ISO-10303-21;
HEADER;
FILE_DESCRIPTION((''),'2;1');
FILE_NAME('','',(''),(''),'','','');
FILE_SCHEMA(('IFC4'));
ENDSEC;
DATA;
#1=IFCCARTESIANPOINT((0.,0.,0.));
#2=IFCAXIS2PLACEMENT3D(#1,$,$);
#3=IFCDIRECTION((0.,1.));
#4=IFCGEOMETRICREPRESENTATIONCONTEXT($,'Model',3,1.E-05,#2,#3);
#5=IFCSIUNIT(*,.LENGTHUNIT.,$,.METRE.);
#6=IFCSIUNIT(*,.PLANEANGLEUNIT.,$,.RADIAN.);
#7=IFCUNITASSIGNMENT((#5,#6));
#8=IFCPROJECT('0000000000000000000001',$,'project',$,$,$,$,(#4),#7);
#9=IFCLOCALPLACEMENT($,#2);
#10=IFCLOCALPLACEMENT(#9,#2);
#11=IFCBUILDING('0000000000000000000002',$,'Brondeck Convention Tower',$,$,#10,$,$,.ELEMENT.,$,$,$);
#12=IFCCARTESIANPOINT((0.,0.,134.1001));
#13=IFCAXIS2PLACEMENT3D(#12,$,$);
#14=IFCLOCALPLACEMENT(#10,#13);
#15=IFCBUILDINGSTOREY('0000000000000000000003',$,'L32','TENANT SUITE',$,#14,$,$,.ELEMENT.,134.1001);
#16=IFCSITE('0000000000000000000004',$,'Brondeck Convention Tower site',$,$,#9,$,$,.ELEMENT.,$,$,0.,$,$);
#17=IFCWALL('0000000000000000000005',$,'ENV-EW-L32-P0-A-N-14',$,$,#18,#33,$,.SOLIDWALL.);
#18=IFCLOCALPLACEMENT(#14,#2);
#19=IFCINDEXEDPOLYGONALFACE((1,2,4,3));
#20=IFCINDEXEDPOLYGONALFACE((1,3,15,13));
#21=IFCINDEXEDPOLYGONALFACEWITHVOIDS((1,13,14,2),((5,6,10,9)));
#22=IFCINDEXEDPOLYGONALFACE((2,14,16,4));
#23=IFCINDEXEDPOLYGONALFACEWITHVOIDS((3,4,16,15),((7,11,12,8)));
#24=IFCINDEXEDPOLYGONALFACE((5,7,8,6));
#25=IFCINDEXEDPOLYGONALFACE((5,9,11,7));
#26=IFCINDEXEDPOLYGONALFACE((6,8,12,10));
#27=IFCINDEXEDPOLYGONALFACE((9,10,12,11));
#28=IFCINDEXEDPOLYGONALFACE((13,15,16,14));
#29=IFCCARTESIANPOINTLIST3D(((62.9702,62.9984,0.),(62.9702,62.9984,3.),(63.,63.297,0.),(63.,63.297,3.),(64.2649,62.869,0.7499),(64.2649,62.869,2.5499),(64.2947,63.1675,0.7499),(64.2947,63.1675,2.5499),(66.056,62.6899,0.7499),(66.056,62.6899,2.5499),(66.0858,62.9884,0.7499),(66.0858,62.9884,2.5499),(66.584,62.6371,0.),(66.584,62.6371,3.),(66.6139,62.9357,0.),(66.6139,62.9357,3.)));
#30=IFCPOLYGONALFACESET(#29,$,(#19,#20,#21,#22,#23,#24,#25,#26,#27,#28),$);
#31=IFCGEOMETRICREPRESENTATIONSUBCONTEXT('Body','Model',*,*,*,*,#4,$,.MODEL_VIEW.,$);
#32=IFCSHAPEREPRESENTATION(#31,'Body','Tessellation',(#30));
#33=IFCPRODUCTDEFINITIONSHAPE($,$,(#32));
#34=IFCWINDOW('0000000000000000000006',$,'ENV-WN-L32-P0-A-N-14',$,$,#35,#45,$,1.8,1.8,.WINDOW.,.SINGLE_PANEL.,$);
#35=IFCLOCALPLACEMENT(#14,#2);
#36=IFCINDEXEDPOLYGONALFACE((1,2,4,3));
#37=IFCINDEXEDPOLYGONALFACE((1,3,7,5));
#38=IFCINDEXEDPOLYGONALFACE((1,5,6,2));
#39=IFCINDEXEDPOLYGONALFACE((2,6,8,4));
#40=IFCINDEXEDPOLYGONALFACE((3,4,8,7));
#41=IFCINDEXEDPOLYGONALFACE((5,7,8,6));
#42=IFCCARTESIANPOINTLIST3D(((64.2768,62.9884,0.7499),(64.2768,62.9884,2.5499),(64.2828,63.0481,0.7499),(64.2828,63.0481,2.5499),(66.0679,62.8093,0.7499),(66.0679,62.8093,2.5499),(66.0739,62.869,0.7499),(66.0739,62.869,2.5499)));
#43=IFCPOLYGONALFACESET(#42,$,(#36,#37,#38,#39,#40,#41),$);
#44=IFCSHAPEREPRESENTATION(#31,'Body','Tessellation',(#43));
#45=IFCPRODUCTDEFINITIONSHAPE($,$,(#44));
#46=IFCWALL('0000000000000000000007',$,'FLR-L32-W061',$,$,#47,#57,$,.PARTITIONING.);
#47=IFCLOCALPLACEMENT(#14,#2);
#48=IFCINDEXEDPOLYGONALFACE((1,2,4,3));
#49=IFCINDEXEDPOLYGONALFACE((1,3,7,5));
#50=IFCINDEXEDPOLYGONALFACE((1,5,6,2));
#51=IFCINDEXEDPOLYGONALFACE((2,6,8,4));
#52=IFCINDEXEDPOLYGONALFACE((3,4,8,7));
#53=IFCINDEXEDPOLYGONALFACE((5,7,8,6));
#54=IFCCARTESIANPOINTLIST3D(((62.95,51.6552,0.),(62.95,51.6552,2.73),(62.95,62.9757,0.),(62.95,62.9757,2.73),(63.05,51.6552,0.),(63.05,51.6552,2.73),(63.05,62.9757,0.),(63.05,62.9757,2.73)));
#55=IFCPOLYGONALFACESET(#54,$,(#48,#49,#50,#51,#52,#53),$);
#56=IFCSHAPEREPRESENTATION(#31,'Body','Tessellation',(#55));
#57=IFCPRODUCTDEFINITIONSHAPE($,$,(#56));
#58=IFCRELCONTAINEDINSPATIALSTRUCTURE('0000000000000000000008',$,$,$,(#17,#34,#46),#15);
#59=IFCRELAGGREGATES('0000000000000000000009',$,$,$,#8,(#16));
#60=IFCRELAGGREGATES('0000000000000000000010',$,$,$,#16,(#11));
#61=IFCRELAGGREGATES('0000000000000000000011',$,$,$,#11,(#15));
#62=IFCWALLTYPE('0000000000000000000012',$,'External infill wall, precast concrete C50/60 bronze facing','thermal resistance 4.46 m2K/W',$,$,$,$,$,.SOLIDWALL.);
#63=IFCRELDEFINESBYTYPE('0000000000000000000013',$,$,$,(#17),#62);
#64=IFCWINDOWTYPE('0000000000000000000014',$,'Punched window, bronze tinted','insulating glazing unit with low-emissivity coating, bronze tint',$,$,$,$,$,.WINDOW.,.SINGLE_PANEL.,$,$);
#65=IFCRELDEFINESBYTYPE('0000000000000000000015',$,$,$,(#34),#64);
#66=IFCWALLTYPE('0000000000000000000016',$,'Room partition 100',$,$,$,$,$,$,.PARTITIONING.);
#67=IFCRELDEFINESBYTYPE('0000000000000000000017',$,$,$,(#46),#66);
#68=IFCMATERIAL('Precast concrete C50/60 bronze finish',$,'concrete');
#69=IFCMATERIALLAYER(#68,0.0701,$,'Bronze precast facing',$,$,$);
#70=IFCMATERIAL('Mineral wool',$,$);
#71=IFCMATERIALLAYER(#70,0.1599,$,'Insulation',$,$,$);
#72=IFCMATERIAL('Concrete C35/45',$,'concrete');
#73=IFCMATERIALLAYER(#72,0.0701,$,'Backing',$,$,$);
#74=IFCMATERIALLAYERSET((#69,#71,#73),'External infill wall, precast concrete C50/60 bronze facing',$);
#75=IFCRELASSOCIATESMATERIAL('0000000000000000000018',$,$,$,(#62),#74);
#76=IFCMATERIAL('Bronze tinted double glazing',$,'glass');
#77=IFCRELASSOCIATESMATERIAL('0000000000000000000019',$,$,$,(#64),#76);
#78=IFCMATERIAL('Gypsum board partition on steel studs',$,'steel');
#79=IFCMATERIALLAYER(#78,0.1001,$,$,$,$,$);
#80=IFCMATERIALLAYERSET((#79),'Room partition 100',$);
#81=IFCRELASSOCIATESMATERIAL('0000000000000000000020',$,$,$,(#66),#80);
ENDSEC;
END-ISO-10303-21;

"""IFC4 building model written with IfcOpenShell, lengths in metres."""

from ifc_helpers import new_model, si_unit, direction, frame, frame_2d, origin, place, context, subcontext, project, spatial, rectangle, extrude, material, layer, layer_set, type_object, element, fill, save


model = new_model("IFC4")

# Units and contexts
model_context = context("Model", 3, precision=1e-05, world=origin(), true_north=direction((0.0, 1.0)))
body_context = subcontext(model_context, "Body", "Model", "MODEL_VIEW")
ifc_project = project(units=[si_unit("LENGTHUNIT", "METRE"), si_unit("PLANEANGLEUNIT", "RADIAN")], contexts=[model_context])

# Site, building, storey
site_placement = place(None, origin())
site = spatial("IfcSite", under=ifc_project, at=site_placement, Name="Brondeck Convention Tower site", CompositionType="ELEMENT", RefElevation=0.0)
building_placement = place(site_placement, origin())
building = spatial("IfcBuilding", under=site, at=building_placement, Name="Brondeck Convention Tower", CompositionType="ELEMENT")
storey_placement = place(building_placement, frame((0.0, 0.0, 134.1001)))
storey = spatial("IfcBuildingStorey", under=building, at=storey_placement, Name="L32", Description="TENANT SUITE", CompositionType="ELEMENT", Elevation=134.1001)

# Shared definitions
ifc_material_1 = material(Name="Precast concrete C50/60 bronze finish", Category="concrete")
ifc_layer_1 = layer(ifc_material_1, 0.0701, Name="Bronze precast facing")
ifc_material_2 = material(Name="Mineral wool")
ifc_layer_2 = layer(ifc_material_2, 0.1599, Name="Insulation")
ifc_material_3 = material(Name="Concrete C35/45", Category="concrete")
ifc_layer_3 = layer(ifc_material_3, 0.0701, Name="Backing")
ifc_layer_set_1 = layer_set([ifc_layer_1, ifc_layer_2, ifc_layer_3], Name="External infill wall, precast concrete C50/60 bronze facing")
wall_type_1 = type_object("IfcWallType", Name="External infill wall, precast concrete C50/60 bronze facing", Description="thermal resistance 4.46 m2K/W", PredefinedType="SOLIDWALL", material=ifc_layer_set_1)
ifc_material_4 = material(Name="Bronze tinted double glazing", Category="glass")
window_type_1 = type_object("IfcWindowType", Name="Punched window, bronze tinted", Description="insulating glazing unit with low-emissivity coating, bronze tint", PartitioningType="SINGLE_PANEL", PredefinedType="WINDOW", material=ifc_material_4)

# Wall, opening, window
wall_1_placement = place(storey_placement, frame((62.9851, 63.1477, 0.0), z_axis=(0.0, 0.0, 1.0), x_axis=(0.995039, -0.09949, 0.0)))
wall_1 = element("IfcWall", 1, at=wall_1_placement, inside=storey, type_object=wall_type_1, Name="ENV-EW-L32-P0-A-N-14", PredefinedType="SOLIDWALL", context=body_context, shape_type="SweptSolid", body=[
    extrude(rectangle(XDim=3.6318, YDim=0.3, at=frame_2d((1.8159, 0.0))), origin(), (0.0, 0.0, 1.0), 3.0),
])
opening_1_placement = place(wall_1_placement, frame((1.3013, 0.0, 0.75)))
opening_1 = element("IfcOpeningElement", 2, at=opening_1_placement, cuts=wall_1, PredefinedType="OPENING", context=body_context, shape_type="SweptSolid", body=[
    extrude(rectangle(XDim=1.8, YDim=1.8, at=frame_2d((0.8999, 0.8999))), frame((0.0, 0.1599, 0.0), z_axis=(0.0, -1.0, 0.0), x_axis=(1.0, 0.0, 0.0)), (0.0, 0.0, 1.0), 0.3201),
])
window_1_placement = place(opening_1_placement, origin())
window_1 = element("IfcWindow", 3, at=window_1_placement, inside=storey, type_object=window_type_1, Name="ENV-WN-L32-P0-A-N-14", OverallHeight=1.8, OverallWidth=1.8, PartitioningType="SINGLE_PANEL", PredefinedType="WINDOW", context=body_context, shape_type="SweptSolid", body=[
    extrude(rectangle(XDim=1.8, YDim=1.8, at=frame_2d((0.8999, 0.8999))), frame((0.0, 0.03, 0.0), z_axis=(0.0, -1.0, 0.0), x_axis=(1.0, 0.0, 0.0)), (0.0, 0.0, 1.0), 0.0601),
])
fill(opening_1, window_1)

# Wall
ifc_material_5 = material(Name="Gypsum board partition on steel studs", Category="steel")
ifc_layer_4 = layer(ifc_material_5, 0.1001)
ifc_layer_set_2 = layer_set([ifc_layer_4], Name="Room partition 100")
wall_type_2 = type_object("IfcWallType", Name="Room partition 100", PredefinedType="PARTITIONING", material=ifc_layer_set_2)
wall_2_placement = place(storey_placement, frame((63.0, 62.9756, 0.0), z_axis=(0.0, 0.0, 1.0), x_axis=(0.0, -1.0, 0.0)))
element("IfcWall", 4, at=wall_2_placement, inside=storey, type_object=wall_type_2, Name="FLR-L32-W061", PredefinedType="PARTITIONING", context=body_context, shape_type="SweptSolid", body=[
    extrude(rectangle(XDim=11.3206, YDim=0.1001, at=frame_2d((5.6602, 0.0))), origin(), (0.0, 0.0, 1.0), 2.73),
])

save(model, "model.ifc")
